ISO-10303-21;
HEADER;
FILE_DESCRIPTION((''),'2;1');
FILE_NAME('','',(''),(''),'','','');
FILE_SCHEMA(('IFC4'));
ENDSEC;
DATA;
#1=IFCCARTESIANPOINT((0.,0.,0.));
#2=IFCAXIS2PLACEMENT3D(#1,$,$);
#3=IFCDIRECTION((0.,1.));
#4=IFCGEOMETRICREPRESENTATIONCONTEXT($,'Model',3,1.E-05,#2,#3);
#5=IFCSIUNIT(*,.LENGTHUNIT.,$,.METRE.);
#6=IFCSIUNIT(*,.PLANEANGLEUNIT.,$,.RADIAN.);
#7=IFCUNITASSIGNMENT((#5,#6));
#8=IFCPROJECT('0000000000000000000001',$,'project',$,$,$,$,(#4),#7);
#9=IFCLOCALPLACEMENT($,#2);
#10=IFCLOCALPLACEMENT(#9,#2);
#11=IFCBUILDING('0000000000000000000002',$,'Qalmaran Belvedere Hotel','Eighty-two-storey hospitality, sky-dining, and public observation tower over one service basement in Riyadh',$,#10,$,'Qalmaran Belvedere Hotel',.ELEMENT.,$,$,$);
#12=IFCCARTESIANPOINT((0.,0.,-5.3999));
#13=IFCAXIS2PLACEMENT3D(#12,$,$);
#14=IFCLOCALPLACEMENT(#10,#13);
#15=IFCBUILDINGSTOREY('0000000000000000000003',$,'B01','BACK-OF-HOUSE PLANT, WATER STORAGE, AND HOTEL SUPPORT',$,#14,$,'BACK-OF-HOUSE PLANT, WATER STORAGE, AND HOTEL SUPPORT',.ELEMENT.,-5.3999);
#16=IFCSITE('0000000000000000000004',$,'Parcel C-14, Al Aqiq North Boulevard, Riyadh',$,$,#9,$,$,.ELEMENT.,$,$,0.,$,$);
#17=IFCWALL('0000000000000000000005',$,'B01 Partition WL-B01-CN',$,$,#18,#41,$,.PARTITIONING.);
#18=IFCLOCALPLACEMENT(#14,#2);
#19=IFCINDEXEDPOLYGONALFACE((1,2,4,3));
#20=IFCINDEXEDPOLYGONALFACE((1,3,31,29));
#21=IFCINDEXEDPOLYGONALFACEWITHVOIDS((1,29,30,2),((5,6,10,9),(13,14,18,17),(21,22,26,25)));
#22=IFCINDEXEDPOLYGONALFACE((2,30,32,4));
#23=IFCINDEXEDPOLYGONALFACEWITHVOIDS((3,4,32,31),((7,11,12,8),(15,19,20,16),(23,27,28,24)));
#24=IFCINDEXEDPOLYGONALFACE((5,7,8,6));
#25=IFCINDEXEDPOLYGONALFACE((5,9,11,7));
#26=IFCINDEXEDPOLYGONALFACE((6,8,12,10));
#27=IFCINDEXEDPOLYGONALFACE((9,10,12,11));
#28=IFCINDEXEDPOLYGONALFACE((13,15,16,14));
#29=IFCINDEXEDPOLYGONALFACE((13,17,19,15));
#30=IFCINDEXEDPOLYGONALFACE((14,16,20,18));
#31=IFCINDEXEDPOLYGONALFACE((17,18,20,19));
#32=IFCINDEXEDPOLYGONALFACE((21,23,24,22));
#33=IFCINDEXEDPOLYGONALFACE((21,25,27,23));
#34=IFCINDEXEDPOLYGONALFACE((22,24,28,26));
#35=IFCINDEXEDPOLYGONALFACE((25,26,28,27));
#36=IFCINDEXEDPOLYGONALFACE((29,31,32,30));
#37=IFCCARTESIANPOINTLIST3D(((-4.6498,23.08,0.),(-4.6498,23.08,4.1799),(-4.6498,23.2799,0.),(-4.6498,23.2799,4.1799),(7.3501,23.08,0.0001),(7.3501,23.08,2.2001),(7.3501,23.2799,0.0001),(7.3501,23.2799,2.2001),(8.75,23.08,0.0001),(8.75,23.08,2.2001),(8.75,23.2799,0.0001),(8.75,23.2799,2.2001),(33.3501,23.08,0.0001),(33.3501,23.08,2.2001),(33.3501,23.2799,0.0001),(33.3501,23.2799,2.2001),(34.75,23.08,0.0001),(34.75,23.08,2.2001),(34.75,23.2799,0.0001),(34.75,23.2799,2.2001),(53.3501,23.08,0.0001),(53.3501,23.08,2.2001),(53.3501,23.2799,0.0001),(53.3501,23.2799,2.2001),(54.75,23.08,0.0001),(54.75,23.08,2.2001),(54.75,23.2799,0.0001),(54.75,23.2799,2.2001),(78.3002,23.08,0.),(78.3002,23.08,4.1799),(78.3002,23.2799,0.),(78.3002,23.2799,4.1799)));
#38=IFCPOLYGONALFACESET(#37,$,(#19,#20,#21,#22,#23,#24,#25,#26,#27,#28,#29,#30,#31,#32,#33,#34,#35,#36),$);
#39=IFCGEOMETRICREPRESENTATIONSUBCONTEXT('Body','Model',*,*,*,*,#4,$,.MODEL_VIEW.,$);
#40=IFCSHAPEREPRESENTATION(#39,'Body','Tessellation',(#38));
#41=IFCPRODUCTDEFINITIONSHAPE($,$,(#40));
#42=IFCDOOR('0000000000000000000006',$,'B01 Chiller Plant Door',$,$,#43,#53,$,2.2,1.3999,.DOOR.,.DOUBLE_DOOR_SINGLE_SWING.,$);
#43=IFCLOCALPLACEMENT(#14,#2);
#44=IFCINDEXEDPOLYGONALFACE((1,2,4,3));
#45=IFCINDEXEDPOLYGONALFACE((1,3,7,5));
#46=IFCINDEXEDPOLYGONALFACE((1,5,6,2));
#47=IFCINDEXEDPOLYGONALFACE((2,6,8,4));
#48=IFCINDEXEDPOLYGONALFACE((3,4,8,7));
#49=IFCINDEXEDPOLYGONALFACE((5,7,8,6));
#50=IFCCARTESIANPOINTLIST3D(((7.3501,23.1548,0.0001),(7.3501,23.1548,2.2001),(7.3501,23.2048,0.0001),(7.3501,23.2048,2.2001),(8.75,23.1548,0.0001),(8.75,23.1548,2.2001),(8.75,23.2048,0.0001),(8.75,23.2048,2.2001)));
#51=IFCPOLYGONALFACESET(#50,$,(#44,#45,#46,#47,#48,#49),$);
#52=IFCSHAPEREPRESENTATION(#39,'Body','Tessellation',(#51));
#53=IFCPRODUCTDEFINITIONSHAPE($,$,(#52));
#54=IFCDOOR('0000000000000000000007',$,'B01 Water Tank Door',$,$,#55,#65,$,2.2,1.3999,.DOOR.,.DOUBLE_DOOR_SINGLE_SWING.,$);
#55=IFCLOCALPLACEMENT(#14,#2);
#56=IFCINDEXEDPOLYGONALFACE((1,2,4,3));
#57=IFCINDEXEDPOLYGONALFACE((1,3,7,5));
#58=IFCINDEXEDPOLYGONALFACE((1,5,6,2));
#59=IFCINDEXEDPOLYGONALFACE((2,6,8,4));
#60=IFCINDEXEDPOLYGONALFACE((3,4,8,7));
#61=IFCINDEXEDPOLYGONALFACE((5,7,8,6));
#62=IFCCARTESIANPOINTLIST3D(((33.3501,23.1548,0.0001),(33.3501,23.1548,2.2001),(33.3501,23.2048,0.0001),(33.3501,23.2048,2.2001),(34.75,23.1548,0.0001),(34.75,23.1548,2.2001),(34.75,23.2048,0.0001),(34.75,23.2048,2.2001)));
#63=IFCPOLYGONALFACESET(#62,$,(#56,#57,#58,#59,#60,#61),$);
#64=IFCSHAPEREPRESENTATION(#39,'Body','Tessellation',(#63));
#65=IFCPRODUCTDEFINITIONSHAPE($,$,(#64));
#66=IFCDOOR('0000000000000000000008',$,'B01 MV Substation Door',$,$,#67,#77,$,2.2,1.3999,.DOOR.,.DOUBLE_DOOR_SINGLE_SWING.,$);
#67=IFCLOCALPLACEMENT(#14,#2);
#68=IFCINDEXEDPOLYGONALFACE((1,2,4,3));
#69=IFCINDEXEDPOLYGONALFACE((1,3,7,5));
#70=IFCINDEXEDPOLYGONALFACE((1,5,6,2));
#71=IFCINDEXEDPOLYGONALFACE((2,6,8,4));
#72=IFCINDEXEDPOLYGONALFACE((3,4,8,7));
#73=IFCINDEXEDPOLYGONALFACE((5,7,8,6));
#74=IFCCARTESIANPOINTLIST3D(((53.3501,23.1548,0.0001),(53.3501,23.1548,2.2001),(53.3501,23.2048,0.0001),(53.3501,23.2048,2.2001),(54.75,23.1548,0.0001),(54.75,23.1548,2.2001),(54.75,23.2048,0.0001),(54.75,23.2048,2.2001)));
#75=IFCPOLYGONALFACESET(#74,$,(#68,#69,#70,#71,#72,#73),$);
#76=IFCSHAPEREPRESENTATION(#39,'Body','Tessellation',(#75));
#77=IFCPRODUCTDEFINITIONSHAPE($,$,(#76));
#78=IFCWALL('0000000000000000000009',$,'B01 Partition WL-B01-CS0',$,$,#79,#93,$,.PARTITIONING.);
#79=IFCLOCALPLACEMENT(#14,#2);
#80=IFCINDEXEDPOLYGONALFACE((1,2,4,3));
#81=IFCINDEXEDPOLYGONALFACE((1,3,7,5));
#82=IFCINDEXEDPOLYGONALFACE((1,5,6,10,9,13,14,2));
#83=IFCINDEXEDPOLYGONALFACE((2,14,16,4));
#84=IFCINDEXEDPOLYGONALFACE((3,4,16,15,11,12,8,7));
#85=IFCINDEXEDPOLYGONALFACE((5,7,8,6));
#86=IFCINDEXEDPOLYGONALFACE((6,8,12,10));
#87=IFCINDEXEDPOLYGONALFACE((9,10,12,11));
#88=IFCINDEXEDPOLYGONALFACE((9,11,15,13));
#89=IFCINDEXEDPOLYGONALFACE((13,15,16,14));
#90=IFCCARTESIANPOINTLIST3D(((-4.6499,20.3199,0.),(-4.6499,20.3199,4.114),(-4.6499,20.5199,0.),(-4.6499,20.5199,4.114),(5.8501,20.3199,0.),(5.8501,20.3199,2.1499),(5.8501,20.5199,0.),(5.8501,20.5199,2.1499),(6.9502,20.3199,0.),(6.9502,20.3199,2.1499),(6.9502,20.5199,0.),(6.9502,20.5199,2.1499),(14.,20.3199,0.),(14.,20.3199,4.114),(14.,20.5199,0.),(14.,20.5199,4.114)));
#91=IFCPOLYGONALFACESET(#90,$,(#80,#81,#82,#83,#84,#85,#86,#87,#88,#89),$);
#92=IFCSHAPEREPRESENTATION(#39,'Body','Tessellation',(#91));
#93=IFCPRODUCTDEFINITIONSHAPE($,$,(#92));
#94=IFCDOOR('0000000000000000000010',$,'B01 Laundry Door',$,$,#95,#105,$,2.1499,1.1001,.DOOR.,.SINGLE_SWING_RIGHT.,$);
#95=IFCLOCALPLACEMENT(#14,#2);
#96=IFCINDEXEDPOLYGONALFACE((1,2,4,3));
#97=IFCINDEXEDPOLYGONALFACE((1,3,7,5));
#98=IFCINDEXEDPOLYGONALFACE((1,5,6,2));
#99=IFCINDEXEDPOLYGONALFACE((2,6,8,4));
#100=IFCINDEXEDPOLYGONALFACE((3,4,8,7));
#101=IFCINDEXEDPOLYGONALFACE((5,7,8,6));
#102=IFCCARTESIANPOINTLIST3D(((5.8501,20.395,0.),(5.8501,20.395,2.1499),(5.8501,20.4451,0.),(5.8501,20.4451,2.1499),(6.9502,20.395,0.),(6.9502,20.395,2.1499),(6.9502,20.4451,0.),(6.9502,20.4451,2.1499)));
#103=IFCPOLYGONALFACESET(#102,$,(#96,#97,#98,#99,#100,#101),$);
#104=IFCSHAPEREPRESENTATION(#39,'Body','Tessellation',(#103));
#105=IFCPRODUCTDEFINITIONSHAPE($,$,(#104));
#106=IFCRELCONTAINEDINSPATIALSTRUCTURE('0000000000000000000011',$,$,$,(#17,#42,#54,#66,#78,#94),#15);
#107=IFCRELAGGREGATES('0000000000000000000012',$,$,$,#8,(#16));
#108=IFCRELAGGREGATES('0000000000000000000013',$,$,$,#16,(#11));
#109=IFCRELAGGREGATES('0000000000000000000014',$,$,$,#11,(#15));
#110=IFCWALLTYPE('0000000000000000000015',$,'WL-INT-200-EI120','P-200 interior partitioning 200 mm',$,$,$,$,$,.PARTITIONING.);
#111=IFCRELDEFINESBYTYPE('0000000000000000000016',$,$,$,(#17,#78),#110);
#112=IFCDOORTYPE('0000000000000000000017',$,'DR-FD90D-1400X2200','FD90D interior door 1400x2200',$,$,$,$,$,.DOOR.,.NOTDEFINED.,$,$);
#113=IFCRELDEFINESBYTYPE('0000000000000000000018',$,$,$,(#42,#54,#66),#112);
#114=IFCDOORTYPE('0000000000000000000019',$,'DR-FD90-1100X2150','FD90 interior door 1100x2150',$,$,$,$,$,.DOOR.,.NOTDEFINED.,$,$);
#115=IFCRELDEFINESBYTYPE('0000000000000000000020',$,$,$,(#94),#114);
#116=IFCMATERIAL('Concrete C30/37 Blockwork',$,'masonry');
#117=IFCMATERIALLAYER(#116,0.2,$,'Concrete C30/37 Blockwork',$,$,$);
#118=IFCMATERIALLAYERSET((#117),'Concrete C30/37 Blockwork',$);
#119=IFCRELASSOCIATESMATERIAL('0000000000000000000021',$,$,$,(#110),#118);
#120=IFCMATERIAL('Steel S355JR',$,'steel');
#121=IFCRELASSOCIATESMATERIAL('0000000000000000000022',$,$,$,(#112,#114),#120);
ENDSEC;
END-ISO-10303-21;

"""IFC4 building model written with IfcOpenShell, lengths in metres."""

from ifc_helpers import new_model, si_unit, direction, frame, frame_2d, origin, place, context, subcontext, project, spatial, rectangle, extrude, material, layer, layer_set, type_object, element, fill, save


model = new_model("IFC4")

# Units and contexts
model_context = context("Model", 3, precision=1e-05, world=origin(), true_north=direction((0.0, 1.0)))
body_context = subcontext(model_context, "Body", "Model", "MODEL_VIEW")
ifc_project = project(units=[si_unit("LENGTHUNIT", "METRE"), si_unit("PLANEANGLEUNIT", "RADIAN")], contexts=[model_context])

# Site, building, storey
site_placement = place(None, origin())
site = spatial("IfcSite", under=ifc_project, at=site_placement, Name="Parcel C-14, Al Aqiq North Boulevard, Riyadh", CompositionType="ELEMENT", RefElevation=0.0)
building_placement = place(site_placement, origin())
building = spatial("IfcBuilding", under=site, at=building_placement, Name="Qalmaran Belvedere Hotel", Description="Eighty-two-storey hospitality, sky-dining, and public observation tower over one service basement in Riyadh", LongName="Qalmaran Belvedere Hotel", CompositionType="ELEMENT")
storey_placement = place(building_placement, frame((0.0, 0.0, -5.3999)))
storey = spatial("IfcBuildingStorey", under=building, at=storey_placement, Name="B01", Description="BACK-OF-HOUSE PLANT, WATER STORAGE, AND HOTEL SUPPORT", LongName="BACK-OF-HOUSE PLANT, WATER STORAGE, AND HOTEL SUPPORT", CompositionType="ELEMENT", Elevation=-5.3999)

# Shared definitions
ifc_material_1 = material(Name="Steel S355JR", Category="steel")

# Wall, openings, doors
ifc_material_2 = material(Name="Concrete C30/37 Blockwork", Category="masonry")
ifc_layer = layer(ifc_material_2, 0.2, Name="Concrete C30/37 Blockwork")
ifc_layer_set = layer_set([ifc_layer], Name="Concrete C30/37 Blockwork")
wall_type = type_object("IfcWallType", Name="WL-INT-200-EI120", Description="P-200 interior partitioning 200 mm", PredefinedType="PARTITIONING", material=ifc_layer_set)
wall_1_placement = place(storey_placement, frame((-4.6499, 23.1799, 0.0), z_axis=(0.0, 0.0, 1.0), x_axis=(1.0, 0.0, 0.0)))
wall_1 = element("IfcWall", 1, at=wall_1_placement, inside=storey, type_object=wall_type, Name="B01 Partition WL-B01-CN", PredefinedType="PARTITIONING", context=body_context, shape_type="SweptSolid", body=[
    extrude(rectangle(XDim=82.95, YDim=0.2, at=frame_2d((41.4751, 0.0))), origin(), (0.0, 0.0, 1.0), 4.1799),
])
opening_1_placement = place(wall_1_placement, frame((12.0, 0.0, 0.0)))
opening_1 = element("IfcOpeningElement", 2, at=opening_1_placement, cuts=wall_1, PredefinedType="OPENING", context=body_context, shape_type="SweptSolid", body=[
    extrude(rectangle(XDim=1.3999, YDim=2.2, at=frame_2d((0.7, 1.1001))), frame((0.0, 0.1099, 0.0), z_axis=(0.0, -1.0, 0.0), x_axis=(1.0, 0.0, 0.0)), (0.0, 0.0, 1.0), 0.22),
])
opening_2_placement = place(wall_1_placement, frame((38.0, 0.0, 0.0)))
opening_2 = element("IfcOpeningElement", 3, at=opening_2_placement, cuts=wall_1, PredefinedType="OPENING", context=body_context, shape_type="SweptSolid", body=[
    extrude(rectangle(XDim=1.3999, YDim=2.2, at=frame_2d((0.7, 1.1001))), frame((0.0, 0.1099, 0.0), z_axis=(0.0, -1.0, 0.0), x_axis=(1.0, 0.0, 0.0)), (0.0, 0.0, 1.0), 0.22),
])
opening_3_placement = place(wall_1_placement, frame((58.0, 0.0, 0.0)))
opening_3 = element("IfcOpeningElement", 4, at=opening_3_placement, cuts=wall_1, PredefinedType="OPENING", context=body_context, shape_type="SweptSolid", body=[
    extrude(rectangle(XDim=1.3999, YDim=2.2, at=frame_2d((0.7, 1.1001))), frame((0.0, 0.1099, 0.0), z_axis=(0.0, -1.0, 0.0), x_axis=(1.0, 0.0, 0.0)), (0.0, 0.0, 1.0), 0.22),
])
door_type_1 = type_object("IfcDoorType", Name="DR-FD90D-1400X2200", Description="FD90D interior door 1400x2200", OperationType="NOTDEFINED", PredefinedType="DOOR", material=ifc_material_1)
door_1_placement = place(opening_1_placement, origin())
door_1 = element("IfcDoor", 5, at=door_1_placement, inside=storey, type_object=door_type_1, Name="B01 Chiller Plant Door", OperationType="DOUBLE_DOOR_SINGLE_SWING", OverallHeight=2.2, OverallWidth=1.3999, PredefinedType="DOOR", context=body_context, shape_type="SweptSolid", body=[
    extrude(rectangle(XDim=1.3999, YDim=2.2, at=frame_2d((0.7, 1.1001))), frame((0.0, 0.0249, 0.0), z_axis=(0.0, -1.0, 0.0), x_axis=(1.0, 0.0, 0.0)), (0.0, 0.0, 1.0), 0.05),
])
fill(opening_1, door_1)
door_2_placement = place(opening_2_placement, origin())
door_2 = element("IfcDoor", 6, at=door_2_placement, inside=storey, type_object=door_type_1, Name="B01 Water Tank Door", OperationType="DOUBLE_DOOR_SINGLE_SWING", OverallHeight=2.2, OverallWidth=1.3999, PredefinedType="DOOR", context=body_context, shape_type="SweptSolid", body=[
    extrude(rectangle(XDim=1.3999, YDim=2.2, at=frame_2d((0.7, 1.1001))), frame((0.0, 0.0249, 0.0), z_axis=(0.0, -1.0, 0.0), x_axis=(1.0, 0.0, 0.0)), (0.0, 0.0, 1.0), 0.05),
])
fill(opening_2, door_2)
door_3_placement = place(opening_3_placement, origin())
door_3 = element("IfcDoor", 7, at=door_3_placement, inside=storey, type_object=door_type_1, Name="B01 MV Substation Door", OperationType="DOUBLE_DOOR_SINGLE_SWING", OverallHeight=2.2, OverallWidth=1.3999, PredefinedType="DOOR", context=body_context, shape_type="SweptSolid", body=[
    extrude(rectangle(XDim=1.3999, YDim=2.2, at=frame_2d((0.7, 1.1001))), frame((0.0, 0.0249, 0.0), z_axis=(0.0, -1.0, 0.0), x_axis=(1.0, 0.0, 0.0)), (0.0, 0.0, 1.0), 0.05),
])
fill(opening_3, door_3)

# Wall, opening, door
wall_2_placement = place(storey_placement, frame((-4.6499, 20.4199, 0.0), z_axis=(0.0, 0.0, 1.0), x_axis=(1.0, 0.0, 0.0)))
wall_2 = element("IfcWall", 8, at=wall_2_placement, inside=storey, type_object=wall_type, Name="B01 Partition WL-B01-CS0", PredefinedType="PARTITIONING", context=body_context, shape_type="SweptSolid", body=[
    extrude(rectangle(XDim=18.6499, YDim=0.2, at=frame_2d((9.325, 0.0))), origin(), (0.0, 0.0, 1.0), 4.114),
])
opening_4_placement = place(wall_2_placement, frame((11.6001, 0.0, 0.0), z_axis=(0.0, 0.0, 1.0), x_axis=(-1.0, 0.0, 0.0)))
opening_4 = element("IfcOpeningElement", 9, at=opening_4_placement, cuts=wall_2, PredefinedType="OPENING", context=body_context, shape_type="SweptSolid", body=[
    extrude(rectangle(XDim=1.1001, YDim=2.1499, at=frame_2d((0.55, 1.075))), frame((0.0, 0.1099, 0.0), z_axis=(0.0, -1.0, 0.0), x_axis=(1.0, 0.0, 0.0)), (0.0, 0.0, 1.0), 0.22),
])
door_type_2 = type_object("IfcDoorType", Name="DR-FD90-1100X2150", Description="FD90 interior door 1100x2150", OperationType="NOTDEFINED", PredefinedType="DOOR", material=ifc_material_1)
door_4_placement = place(opening_4_placement, origin())
door_4 = element("IfcDoor", 10, at=door_4_placement, inside=storey, type_object=door_type_2, Name="B01 Laundry Door", OperationType="SINGLE_SWING_RIGHT", OverallHeight=2.1499, OverallWidth=1.1001, PredefinedType="DOOR", context=body_context, shape_type="SweptSolid", body=[
    extrude(rectangle(XDim=1.1001, YDim=2.1499, at=frame_2d((0.55, 1.075))), frame((0.0, 0.0249, 0.0), z_axis=(0.0, -1.0, 0.0), x_axis=(1.0, 0.0, 0.0)), (0.0, 0.0, 1.0), 0.05),
])
fill(opening_4, door_4)

save(model, "model.ifc")
